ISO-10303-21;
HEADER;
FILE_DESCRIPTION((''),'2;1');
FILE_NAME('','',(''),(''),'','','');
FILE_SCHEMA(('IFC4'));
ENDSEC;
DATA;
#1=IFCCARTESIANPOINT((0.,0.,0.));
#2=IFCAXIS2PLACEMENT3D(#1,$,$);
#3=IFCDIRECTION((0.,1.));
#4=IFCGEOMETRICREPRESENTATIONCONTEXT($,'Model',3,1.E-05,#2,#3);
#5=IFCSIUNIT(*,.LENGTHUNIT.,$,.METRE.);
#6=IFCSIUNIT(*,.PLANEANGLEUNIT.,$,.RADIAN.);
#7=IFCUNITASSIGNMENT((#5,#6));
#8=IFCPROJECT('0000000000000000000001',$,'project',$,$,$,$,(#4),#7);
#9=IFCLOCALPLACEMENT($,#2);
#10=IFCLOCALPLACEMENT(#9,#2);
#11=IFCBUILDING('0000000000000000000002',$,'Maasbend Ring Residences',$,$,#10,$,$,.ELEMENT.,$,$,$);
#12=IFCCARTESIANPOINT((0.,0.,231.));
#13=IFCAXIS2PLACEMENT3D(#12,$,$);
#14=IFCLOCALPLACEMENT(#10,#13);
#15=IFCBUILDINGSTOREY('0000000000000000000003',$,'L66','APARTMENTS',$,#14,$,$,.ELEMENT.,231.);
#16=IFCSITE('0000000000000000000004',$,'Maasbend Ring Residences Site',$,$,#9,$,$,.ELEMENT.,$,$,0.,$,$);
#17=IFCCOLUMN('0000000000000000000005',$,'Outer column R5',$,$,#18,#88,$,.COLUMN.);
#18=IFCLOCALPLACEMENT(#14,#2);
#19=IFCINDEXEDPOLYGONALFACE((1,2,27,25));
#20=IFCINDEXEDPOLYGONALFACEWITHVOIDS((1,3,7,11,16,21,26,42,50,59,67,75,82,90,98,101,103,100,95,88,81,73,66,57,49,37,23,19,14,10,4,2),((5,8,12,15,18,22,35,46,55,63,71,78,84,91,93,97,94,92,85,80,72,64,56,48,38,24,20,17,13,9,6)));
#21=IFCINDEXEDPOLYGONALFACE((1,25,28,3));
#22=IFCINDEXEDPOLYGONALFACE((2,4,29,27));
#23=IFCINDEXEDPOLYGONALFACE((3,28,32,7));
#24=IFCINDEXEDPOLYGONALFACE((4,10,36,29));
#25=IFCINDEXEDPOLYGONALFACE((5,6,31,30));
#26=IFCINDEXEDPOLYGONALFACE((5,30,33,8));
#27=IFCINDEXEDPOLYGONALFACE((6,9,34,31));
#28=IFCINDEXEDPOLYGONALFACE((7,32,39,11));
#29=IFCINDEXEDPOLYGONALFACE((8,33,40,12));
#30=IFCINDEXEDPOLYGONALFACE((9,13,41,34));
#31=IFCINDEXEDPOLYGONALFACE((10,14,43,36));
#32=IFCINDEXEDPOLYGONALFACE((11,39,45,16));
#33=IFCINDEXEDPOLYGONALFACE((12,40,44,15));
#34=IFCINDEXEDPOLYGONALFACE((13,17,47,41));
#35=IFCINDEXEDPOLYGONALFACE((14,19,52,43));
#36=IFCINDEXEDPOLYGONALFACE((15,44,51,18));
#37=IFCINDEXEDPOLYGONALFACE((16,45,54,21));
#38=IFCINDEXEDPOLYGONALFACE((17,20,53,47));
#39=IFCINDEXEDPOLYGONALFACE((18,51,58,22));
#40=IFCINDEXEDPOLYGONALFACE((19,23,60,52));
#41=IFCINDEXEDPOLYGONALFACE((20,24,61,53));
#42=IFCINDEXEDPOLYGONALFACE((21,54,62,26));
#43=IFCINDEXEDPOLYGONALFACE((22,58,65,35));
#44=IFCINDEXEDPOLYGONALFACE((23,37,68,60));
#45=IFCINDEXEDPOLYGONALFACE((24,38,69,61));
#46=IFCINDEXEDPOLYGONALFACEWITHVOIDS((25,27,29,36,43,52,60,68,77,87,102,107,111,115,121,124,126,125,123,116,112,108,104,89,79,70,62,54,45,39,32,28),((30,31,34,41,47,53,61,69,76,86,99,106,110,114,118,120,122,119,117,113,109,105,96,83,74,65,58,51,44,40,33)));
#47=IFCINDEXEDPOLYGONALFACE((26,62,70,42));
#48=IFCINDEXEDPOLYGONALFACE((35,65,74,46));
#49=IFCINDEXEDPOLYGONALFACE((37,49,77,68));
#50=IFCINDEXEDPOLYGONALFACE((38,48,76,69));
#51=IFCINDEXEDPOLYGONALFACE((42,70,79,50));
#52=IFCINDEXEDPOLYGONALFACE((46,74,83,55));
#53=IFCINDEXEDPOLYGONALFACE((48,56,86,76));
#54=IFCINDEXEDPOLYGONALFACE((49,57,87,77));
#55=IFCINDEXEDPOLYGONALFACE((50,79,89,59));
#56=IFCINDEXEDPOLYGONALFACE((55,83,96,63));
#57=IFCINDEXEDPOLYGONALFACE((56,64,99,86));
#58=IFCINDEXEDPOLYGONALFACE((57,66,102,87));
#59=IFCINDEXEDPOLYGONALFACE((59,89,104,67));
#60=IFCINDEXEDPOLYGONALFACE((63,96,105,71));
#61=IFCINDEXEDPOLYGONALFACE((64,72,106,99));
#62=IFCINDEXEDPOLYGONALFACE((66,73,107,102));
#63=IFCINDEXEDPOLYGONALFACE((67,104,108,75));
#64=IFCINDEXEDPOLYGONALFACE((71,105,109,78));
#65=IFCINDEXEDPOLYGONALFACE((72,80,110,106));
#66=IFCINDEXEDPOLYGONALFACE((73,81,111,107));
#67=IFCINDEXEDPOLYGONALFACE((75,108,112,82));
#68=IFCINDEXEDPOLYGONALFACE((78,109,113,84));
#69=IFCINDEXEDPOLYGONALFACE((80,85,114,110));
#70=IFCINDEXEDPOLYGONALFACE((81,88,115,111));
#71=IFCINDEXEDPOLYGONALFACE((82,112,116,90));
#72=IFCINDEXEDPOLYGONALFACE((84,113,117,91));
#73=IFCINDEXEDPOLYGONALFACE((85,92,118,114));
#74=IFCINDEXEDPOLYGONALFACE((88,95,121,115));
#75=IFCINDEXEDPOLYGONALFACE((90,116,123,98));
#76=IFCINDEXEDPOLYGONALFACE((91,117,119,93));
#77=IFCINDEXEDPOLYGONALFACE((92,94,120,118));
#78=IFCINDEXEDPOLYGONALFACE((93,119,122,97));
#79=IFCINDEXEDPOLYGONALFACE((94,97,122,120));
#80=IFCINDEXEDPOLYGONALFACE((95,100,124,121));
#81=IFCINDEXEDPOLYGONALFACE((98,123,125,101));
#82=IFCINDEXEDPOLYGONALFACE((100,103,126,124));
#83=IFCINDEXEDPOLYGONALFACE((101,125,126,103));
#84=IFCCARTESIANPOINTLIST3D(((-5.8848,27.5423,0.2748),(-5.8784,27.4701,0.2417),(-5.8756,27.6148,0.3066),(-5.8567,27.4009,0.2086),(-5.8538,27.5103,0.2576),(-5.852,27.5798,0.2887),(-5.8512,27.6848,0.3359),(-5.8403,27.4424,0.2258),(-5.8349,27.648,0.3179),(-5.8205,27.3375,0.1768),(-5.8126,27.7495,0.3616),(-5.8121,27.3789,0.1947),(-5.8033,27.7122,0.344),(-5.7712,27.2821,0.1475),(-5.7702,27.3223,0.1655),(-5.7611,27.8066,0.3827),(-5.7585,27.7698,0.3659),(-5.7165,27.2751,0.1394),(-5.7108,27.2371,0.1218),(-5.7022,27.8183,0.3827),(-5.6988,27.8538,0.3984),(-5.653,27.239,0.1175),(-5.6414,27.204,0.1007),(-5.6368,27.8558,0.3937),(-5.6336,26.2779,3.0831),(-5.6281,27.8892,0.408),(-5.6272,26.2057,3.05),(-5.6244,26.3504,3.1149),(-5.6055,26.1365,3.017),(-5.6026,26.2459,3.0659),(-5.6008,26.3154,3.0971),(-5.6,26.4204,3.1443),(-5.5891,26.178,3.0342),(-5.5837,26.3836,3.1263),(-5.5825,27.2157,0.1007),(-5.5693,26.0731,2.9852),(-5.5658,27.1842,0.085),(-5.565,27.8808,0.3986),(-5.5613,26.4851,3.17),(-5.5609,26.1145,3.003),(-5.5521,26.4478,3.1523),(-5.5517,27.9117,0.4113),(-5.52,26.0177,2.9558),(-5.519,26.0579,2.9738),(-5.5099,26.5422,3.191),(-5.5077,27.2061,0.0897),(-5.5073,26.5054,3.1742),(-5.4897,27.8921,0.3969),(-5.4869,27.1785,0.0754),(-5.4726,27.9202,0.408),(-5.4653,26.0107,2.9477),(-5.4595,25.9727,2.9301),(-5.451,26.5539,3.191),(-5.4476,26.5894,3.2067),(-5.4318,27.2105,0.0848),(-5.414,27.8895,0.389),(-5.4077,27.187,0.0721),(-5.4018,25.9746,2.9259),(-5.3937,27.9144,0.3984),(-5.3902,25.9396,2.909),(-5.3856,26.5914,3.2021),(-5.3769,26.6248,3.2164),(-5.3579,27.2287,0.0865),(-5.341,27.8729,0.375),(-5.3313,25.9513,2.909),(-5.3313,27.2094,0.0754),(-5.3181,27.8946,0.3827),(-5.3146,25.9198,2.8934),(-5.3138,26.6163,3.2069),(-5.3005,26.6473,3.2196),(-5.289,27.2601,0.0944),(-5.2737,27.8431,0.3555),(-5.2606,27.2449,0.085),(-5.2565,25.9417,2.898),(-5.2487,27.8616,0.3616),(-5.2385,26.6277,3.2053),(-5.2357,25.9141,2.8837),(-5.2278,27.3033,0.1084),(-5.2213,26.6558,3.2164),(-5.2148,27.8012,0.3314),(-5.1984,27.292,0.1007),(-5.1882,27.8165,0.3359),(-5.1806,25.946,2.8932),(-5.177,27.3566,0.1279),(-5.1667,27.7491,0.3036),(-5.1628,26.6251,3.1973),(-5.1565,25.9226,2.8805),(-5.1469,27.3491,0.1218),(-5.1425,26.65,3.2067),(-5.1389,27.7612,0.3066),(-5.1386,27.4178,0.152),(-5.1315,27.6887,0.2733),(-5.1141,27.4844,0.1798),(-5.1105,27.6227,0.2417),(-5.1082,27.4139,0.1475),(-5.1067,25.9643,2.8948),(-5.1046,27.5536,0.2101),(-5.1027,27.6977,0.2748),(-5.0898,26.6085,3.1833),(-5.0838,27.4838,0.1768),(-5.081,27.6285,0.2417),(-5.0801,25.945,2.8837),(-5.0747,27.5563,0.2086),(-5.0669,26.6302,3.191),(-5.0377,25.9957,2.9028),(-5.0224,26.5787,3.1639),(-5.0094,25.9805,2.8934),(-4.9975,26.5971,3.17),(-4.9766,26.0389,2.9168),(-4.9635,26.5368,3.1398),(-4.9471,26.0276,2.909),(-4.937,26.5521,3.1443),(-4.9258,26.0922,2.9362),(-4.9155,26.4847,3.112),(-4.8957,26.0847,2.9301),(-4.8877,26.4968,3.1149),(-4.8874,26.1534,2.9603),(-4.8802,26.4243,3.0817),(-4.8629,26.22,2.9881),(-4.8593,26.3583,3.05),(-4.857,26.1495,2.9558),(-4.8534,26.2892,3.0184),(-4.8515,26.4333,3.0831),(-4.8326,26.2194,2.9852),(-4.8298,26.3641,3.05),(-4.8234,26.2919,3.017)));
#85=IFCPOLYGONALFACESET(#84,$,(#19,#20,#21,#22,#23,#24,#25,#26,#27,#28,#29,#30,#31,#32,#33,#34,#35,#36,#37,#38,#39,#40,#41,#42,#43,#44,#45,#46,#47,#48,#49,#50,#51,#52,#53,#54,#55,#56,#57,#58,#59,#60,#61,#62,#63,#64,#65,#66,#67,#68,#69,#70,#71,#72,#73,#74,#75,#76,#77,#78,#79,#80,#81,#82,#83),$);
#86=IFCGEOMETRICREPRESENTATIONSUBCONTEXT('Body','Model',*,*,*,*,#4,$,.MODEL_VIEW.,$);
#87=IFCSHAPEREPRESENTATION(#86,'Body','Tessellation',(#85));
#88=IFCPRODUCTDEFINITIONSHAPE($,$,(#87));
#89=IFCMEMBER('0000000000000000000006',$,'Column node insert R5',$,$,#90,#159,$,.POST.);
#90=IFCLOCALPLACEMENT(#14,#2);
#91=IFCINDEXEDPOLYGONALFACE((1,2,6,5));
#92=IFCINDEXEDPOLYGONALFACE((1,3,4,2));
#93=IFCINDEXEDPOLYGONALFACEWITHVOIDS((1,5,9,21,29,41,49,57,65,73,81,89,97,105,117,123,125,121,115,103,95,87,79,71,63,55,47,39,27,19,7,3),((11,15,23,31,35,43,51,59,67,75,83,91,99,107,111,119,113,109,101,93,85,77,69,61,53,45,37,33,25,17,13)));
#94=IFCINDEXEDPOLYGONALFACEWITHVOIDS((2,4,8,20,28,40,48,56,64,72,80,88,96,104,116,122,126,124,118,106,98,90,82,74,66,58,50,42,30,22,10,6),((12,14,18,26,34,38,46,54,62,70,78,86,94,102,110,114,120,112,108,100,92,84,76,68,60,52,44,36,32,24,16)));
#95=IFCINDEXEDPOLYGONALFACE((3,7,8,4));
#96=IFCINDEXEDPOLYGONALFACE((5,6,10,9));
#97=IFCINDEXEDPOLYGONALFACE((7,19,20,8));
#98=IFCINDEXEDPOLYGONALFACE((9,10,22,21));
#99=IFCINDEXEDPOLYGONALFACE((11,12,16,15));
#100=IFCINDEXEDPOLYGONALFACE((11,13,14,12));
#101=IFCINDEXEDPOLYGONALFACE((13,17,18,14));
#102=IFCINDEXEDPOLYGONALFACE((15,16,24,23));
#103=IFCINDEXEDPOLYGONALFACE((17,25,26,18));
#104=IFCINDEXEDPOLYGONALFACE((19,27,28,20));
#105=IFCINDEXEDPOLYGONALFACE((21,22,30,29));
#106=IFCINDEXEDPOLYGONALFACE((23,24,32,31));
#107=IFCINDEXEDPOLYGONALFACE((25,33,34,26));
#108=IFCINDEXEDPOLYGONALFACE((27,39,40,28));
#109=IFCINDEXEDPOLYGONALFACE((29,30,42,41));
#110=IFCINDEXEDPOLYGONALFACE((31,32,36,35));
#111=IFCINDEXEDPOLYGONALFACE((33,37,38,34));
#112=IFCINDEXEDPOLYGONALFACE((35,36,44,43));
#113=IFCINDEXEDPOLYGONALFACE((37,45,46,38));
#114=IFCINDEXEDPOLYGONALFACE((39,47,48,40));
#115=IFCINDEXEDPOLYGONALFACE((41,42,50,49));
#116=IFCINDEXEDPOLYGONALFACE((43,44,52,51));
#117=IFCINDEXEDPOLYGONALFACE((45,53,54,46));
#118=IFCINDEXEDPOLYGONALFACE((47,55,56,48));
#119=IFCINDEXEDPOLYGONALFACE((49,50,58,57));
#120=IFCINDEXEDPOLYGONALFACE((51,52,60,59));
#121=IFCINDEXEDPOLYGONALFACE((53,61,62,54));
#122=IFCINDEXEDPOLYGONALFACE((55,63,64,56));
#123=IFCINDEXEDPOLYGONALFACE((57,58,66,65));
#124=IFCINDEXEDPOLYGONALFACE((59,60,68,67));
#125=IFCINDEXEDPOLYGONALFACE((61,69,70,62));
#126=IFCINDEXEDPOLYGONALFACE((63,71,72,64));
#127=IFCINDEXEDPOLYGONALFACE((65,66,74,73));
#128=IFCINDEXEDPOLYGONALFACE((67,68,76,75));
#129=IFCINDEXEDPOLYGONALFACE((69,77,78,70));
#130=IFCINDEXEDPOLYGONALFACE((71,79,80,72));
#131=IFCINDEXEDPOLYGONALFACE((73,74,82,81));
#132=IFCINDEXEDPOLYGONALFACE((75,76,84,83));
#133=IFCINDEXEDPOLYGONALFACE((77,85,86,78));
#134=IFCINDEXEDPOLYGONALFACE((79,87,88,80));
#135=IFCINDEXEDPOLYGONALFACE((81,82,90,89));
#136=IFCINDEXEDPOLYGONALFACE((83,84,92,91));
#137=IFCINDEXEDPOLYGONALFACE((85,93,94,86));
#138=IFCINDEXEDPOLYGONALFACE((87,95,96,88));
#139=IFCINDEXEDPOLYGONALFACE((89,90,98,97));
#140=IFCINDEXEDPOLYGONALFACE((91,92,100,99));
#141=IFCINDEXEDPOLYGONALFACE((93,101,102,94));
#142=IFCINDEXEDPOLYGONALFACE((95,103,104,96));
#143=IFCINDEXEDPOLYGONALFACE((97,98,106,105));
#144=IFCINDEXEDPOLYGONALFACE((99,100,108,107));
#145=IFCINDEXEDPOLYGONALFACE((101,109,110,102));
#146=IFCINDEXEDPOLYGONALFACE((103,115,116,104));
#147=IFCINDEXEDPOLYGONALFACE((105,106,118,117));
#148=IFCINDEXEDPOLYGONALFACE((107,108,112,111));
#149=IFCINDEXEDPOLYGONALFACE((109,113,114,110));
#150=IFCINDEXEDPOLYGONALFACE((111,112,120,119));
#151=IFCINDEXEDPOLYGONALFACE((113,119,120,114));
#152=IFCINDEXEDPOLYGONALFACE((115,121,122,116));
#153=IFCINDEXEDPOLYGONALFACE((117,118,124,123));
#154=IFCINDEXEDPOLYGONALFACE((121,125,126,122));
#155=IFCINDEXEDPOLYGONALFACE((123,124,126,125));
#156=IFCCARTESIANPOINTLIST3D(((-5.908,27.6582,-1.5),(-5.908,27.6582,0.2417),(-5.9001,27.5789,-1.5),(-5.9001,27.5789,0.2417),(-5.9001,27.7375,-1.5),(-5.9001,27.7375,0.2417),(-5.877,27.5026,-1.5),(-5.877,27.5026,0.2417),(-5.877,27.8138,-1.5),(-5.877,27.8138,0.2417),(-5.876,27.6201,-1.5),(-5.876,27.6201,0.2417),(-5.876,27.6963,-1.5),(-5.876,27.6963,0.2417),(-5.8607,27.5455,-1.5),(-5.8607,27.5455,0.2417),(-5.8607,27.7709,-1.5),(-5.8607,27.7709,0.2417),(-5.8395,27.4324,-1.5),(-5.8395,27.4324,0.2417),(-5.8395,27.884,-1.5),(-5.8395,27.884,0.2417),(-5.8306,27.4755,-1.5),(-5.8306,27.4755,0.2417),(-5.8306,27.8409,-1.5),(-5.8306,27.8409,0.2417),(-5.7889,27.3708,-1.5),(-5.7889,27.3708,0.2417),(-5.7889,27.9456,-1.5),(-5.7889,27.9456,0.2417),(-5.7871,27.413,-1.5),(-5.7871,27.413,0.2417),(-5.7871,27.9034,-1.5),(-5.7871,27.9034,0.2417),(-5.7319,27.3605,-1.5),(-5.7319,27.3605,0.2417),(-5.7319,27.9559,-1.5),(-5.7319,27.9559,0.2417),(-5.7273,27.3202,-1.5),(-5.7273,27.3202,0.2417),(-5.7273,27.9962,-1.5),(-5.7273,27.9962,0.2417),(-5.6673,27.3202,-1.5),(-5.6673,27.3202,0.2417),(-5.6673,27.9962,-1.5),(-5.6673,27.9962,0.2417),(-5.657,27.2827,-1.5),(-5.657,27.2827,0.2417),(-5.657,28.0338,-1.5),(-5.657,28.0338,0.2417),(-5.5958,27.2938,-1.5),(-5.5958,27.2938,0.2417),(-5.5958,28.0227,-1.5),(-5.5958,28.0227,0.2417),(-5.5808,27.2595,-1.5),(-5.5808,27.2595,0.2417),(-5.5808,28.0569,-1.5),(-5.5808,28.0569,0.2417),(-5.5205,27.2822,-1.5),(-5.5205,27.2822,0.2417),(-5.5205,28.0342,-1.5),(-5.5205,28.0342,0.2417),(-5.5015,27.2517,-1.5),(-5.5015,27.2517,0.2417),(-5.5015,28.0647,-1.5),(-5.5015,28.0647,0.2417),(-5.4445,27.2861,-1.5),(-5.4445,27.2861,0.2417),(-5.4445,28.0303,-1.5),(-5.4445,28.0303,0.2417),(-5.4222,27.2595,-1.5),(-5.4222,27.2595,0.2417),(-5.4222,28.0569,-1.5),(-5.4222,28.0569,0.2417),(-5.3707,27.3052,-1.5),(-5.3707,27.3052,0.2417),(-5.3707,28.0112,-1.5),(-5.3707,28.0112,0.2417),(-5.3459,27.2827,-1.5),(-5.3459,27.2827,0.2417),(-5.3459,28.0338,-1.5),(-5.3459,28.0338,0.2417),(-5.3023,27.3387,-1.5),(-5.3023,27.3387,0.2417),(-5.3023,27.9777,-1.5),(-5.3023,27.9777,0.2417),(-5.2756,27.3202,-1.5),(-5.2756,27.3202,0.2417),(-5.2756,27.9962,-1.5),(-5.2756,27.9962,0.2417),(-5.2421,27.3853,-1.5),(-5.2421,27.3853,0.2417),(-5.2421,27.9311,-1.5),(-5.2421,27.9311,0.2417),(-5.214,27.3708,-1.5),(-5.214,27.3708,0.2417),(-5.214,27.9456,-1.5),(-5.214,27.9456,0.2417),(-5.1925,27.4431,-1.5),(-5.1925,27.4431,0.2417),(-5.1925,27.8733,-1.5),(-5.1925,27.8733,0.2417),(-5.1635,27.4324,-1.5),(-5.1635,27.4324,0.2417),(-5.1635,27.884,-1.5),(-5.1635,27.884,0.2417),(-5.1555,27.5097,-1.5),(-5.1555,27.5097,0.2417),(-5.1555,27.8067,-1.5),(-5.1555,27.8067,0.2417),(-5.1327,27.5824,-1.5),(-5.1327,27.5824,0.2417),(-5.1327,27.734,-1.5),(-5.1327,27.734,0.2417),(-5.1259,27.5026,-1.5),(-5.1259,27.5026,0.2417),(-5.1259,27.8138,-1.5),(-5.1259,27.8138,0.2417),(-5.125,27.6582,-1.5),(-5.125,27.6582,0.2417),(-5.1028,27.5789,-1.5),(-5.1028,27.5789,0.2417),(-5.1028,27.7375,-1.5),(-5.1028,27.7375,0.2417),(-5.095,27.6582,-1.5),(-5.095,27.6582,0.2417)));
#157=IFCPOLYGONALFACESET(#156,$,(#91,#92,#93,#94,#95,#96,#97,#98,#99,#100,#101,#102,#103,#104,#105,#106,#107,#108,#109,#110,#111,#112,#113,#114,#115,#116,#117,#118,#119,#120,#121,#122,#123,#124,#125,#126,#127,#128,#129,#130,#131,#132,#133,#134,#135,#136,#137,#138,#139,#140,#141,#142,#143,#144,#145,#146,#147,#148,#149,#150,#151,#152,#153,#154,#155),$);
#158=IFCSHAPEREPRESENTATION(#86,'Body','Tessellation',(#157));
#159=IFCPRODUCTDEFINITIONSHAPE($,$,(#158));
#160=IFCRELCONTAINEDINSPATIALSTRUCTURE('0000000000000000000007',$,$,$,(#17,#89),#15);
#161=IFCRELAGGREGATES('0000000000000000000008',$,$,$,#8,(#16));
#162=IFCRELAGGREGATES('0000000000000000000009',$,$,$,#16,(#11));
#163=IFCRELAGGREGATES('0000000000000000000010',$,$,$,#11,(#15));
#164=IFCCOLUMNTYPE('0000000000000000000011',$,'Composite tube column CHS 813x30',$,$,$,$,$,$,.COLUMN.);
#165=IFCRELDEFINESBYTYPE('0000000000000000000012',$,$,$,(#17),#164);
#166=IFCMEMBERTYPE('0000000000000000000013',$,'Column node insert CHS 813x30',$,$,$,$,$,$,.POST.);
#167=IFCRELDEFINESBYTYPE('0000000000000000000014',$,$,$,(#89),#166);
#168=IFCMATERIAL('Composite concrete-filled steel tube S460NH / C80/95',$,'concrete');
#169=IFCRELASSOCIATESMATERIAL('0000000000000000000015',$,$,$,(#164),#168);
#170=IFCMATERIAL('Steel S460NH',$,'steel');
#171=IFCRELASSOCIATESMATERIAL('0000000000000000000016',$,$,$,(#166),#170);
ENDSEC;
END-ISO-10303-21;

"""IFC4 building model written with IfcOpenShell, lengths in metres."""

from ifc_helpers import new_model, si_unit, direction, frame, origin, origin_2d, place, context, subcontext, project, spatial, hollow_circle, extrude, material, material_profile, profile_set, type_object, element, save


model = new_model("IFC4")

# Units and contexts
model_context = context("Model", 3, precision=1e-05, world=origin(), true_north=direction((0.0, 1.0)))
body_context = subcontext(model_context, "Body", "Model", "MODEL_VIEW")
ifc_project = project(units=[si_unit("LENGTHUNIT", "METRE"), si_unit("PLANEANGLEUNIT", "RADIAN")], contexts=[model_context])

# Site, building, storey
site_placement = place(None, origin())
site = spatial("IfcSite", under=ifc_project, at=site_placement, Name="Maasbend Ring Residences Site", CompositionType="ELEMENT", RefElevation=0.0)
building_placement = place(site_placement, origin())
building = spatial("IfcBuilding", under=site, at=building_placement, Name="Maasbend Ring Residences", CompositionType="ELEMENT")
storey_placement = place(building_placement, frame((0.0, 0.0, 231.0)))
storey = spatial("IfcBuildingStorey", under=building, at=storey_placement, Name="L66", Description="APARTMENTS", CompositionType="ELEMENT", Elevation=231.0)

# Column
ifc_material_1 = material(Name="Composite concrete-filled steel tube S460NH / C80/95", Category="concrete")
ifc_material_profile_1 = material_profile(ifc_material_1, hollow_circle(Radius=0.4065, WallThickness=0.03, at=origin_2d()), Name="Composite tube column CHS 813x30")
ifc_profile_set_1 = profile_set([ifc_material_profile_1], Name="Composite concrete-filled steel tube S460NH / C80/95")
column_type = type_object("IfcColumnType", Name="Composite tube column CHS 813x30", PredefinedType="COLUMN", material=ifc_profile_set_1)
column_placement = place(storey_placement, frame((-5.4797, 27.5493, 0.2417), z_axis=(0.081299, -0.40918, 0.908824), x_axis=(0.980828, 0.194878, 0.0)))
element("IfcColumn", 1, at=column_placement, inside=storey, type_object=column_type, Name="Outer column R5", PredefinedType="COLUMN", context=body_context, shape_type="SweptSolid", body=[
    extrude(hollow_circle(Radius=0.4065, WallThickness=0.03, at=origin_2d()), origin(), (0.0, 0.0, 1.0), 3.0901),
])

# Member
ifc_material_2 = material(Name="Steel S460NH", Category="steel")
ifc_material_profile_2 = material_profile(ifc_material_2, hollow_circle(Radius=0.4065, WallThickness=0.03, at=origin_2d()), Name="Column node insert CHS 813x30")
ifc_profile_set_2 = profile_set([ifc_material_profile_2], Name="Steel S460NH")
member_type = type_object("IfcMemberType", Name="Column node insert CHS 813x30", PredefinedType="POST", material=ifc_profile_set_2)
member_placement = place(storey_placement, frame((-5.5015, 27.6582, -1.5), z_axis=(0.0, 0.0, 1.0), x_axis=(1.0, 0.0, 0.0)))
element("IfcMember", 2, at=member_placement, inside=storey, type_object=member_type, Name="Column node insert R5", PredefinedType="POST", context=body_context, shape_type="SweptSolid", body=[
    extrude(hollow_circle(Radius=0.4065, WallThickness=0.03, at=origin_2d()), origin(), (0.0, 0.0, 1.0), 1.7417),
])

save(model, "model.ifc")
